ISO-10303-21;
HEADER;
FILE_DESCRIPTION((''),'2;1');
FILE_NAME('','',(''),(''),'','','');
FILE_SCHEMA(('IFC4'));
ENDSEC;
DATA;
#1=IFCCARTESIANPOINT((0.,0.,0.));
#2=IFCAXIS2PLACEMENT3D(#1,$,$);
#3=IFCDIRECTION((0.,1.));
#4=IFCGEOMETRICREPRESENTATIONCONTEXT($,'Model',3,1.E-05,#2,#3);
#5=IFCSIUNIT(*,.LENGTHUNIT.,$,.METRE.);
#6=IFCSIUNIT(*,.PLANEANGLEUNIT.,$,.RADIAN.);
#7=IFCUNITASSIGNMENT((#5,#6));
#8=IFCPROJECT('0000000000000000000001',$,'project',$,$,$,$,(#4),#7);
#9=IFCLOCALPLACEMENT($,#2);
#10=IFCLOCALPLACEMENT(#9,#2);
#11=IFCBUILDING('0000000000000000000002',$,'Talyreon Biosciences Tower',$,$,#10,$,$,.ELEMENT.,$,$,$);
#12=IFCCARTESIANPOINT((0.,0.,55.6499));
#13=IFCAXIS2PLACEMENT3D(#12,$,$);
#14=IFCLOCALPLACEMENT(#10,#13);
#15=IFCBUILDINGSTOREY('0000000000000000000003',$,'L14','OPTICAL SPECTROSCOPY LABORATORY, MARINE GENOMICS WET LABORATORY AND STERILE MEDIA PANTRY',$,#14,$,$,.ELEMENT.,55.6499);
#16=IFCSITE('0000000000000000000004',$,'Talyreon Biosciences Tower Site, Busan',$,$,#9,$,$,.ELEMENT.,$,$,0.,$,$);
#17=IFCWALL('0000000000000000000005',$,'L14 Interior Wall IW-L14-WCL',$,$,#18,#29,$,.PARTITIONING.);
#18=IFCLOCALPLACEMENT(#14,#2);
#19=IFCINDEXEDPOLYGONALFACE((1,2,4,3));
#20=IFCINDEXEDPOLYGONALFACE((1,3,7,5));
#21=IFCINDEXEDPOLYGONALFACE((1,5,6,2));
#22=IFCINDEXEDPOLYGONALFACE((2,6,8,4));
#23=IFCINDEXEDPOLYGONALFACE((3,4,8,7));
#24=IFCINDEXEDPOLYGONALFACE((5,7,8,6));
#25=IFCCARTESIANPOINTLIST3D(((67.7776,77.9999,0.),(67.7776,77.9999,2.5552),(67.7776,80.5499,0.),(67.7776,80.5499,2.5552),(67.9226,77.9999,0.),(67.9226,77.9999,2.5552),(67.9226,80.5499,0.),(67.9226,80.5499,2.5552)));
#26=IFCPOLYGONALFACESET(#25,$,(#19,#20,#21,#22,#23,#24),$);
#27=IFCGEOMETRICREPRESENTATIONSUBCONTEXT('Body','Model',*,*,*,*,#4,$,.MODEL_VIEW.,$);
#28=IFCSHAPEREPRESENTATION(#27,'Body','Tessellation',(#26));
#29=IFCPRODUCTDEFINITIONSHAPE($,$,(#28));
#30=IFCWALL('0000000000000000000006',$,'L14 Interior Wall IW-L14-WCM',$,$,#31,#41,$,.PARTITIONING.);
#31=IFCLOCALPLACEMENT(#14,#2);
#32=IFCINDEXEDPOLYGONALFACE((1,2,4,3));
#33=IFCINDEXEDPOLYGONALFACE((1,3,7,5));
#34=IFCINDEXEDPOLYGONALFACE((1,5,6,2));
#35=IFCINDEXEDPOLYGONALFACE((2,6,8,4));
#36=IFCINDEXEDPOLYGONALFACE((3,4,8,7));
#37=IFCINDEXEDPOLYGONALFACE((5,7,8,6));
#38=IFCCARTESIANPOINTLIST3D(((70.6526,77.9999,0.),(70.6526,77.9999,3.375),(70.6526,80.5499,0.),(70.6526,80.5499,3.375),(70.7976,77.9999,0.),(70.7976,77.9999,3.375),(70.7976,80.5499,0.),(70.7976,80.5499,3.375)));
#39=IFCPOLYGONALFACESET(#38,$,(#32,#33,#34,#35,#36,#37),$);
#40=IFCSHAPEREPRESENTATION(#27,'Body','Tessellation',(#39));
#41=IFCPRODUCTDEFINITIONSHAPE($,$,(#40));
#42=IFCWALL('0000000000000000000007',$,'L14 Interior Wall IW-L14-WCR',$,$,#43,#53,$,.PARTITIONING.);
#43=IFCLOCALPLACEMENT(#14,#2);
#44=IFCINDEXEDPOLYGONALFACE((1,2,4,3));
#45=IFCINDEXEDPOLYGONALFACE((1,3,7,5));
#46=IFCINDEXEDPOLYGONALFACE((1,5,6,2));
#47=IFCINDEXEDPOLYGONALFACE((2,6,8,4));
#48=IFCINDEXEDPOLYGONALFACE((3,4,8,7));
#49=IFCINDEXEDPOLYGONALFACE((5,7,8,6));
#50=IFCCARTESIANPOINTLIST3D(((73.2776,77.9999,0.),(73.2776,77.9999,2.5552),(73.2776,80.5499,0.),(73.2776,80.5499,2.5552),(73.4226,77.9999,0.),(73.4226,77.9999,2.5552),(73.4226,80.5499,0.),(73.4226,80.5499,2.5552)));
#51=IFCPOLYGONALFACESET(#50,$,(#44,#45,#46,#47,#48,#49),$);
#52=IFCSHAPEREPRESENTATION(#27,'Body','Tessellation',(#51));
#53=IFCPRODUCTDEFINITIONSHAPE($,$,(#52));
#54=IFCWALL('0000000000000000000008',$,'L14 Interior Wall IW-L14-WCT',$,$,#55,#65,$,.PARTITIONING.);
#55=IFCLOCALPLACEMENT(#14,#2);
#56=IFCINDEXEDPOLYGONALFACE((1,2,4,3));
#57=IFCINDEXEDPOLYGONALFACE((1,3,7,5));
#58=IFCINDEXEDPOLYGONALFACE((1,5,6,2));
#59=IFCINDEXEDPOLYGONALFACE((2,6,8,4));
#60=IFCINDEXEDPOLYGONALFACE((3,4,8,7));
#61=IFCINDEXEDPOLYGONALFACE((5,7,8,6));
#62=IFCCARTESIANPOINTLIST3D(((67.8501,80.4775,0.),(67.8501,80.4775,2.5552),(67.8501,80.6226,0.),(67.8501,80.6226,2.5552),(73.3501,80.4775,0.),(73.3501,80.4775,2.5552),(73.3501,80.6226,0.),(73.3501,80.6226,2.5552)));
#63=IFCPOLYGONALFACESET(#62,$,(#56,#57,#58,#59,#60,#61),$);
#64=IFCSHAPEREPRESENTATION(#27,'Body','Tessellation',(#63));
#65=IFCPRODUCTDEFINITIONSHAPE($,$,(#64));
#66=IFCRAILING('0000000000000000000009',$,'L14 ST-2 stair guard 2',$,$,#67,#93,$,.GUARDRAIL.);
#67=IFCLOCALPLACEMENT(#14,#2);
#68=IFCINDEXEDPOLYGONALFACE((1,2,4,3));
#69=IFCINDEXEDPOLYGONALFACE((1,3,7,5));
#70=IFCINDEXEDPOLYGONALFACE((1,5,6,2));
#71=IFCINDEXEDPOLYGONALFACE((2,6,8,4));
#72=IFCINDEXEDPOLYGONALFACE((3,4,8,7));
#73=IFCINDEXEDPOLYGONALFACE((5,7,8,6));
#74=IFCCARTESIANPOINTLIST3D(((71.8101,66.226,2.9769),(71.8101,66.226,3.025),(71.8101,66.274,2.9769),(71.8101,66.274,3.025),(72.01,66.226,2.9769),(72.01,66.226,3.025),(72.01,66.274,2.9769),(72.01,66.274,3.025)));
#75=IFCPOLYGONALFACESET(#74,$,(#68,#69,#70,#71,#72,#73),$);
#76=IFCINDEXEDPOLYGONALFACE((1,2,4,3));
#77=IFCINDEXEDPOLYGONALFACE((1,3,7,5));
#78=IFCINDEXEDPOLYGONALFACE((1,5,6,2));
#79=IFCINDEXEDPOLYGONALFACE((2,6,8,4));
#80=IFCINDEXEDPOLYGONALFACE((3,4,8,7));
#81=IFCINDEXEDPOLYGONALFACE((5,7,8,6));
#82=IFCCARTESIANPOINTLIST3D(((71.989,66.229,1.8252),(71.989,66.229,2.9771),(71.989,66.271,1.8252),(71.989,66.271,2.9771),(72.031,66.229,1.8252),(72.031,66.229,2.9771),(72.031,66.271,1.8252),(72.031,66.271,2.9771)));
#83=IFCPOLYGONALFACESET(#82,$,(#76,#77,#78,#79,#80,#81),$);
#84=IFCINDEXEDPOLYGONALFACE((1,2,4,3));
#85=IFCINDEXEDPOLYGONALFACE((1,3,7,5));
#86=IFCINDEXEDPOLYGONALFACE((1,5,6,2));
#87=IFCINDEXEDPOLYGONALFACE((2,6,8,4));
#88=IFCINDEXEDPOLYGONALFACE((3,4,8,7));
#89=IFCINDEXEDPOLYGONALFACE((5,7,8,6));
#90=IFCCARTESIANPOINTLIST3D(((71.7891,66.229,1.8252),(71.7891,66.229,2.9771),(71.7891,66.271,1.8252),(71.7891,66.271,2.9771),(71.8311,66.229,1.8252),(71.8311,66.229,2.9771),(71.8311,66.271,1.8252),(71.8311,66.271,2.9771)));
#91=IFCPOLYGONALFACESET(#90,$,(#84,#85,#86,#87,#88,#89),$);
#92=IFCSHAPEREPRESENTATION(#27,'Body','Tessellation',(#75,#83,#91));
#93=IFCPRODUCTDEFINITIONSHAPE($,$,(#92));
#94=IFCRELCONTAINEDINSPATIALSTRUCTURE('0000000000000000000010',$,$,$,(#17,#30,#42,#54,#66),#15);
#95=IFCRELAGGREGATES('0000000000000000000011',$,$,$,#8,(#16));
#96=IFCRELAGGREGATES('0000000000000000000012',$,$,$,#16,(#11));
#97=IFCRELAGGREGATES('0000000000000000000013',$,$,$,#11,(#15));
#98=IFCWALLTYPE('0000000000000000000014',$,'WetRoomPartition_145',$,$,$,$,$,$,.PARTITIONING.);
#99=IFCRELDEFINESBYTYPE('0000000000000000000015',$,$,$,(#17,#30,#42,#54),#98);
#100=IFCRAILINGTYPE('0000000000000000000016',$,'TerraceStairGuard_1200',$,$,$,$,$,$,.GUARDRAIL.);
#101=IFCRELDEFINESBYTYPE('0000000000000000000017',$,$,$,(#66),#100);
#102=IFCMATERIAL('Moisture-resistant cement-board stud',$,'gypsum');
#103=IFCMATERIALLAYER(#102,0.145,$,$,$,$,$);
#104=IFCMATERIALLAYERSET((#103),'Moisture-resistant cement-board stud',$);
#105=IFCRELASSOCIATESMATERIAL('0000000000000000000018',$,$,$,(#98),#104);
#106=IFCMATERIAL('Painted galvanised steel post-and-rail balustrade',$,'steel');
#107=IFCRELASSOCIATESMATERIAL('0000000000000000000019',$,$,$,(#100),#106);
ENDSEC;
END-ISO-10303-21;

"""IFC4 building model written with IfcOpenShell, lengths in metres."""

from ifc_helpers import new_model, si_unit, direction, frame, frame_2d, origin, origin_2d, place, context, subcontext, project, spatial, rectangle, extrude, material, layer, layer_set, type_object, element, save


model = new_model("IFC4")

# Units and contexts
model_context = context("Model", 3, precision=1e-05, world=origin(), true_north=direction((0.0, 1.0)))
body_context = subcontext(model_context, "Body", "Model", "MODEL_VIEW")
ifc_project = project(units=[si_unit("LENGTHUNIT", "METRE"), si_unit("PLANEANGLEUNIT", "RADIAN")], contexts=[model_context])

# Site, building, storey
site_placement = place(None, origin())
site = spatial("IfcSite", under=ifc_project, at=site_placement, Name="Talyreon Biosciences Tower Site, Busan", CompositionType="ELEMENT", RefElevation=0.0)
building_placement = place(site_placement, origin())
building = spatial("IfcBuilding", under=site, at=building_placement, Name="Talyreon Biosciences Tower", CompositionType="ELEMENT")
storey_placement = place(building_placement, frame((0.0, 0.0, 55.6499)))
storey = spatial("IfcBuildingStorey", under=building, at=storey_placement, Name="L14", Description="OPTICAL SPECTROSCOPY LABORATORY, MARINE GENOMICS WET LABORATORY AND STERILE MEDIA PANTRY", CompositionType="ELEMENT", Elevation=55.6499)

# Walls
ifc_material_1 = material(Name="Moisture-resistant cement-board stud", Category="gypsum")
ifc_layer_1 = layer(ifc_material_1, 0.145)
ifc_layer_set_1 = layer_set([ifc_layer_1], Name="Moisture-resistant cement-board stud")
wall_type_1 = type_object("IfcWallType", Name="WetRoomPartition_145", PredefinedType="PARTITIONING", material=ifc_layer_set_1)
wall_1_placement = place(storey_placement, frame((67.8501, 78.0, 0.0), z_axis=(0.0, 0.0, 1.0), x_axis=(0.0, 1.0, 0.0)))
element("IfcWall", 1, at=wall_1_placement, inside=storey, type_object=wall_type_1, Name="L14 Interior Wall IW-L14-WCL", PredefinedType="PARTITIONING", context=body_context, shape_type="SweptSolid", body=[
    extrude(rectangle(XDim=2.55, YDim=0.145, at=frame_2d((1.2749, 0.0))), origin(), (0.0, 0.0, 1.0), 2.5552),
])
wall_2_placement = place(storey_placement, frame((70.7251, 78.0, 0.0), z_axis=(0.0, 0.0, 1.0), x_axis=(0.0, 1.0, 0.0)))
element("IfcWall", 2, at=wall_2_placement, inside=storey, type_object=wall_type_1, Name="L14 Interior Wall IW-L14-WCM", PredefinedType="PARTITIONING", context=body_context, shape_type="SweptSolid", body=[
    extrude(rectangle(XDim=2.55, YDim=0.145, at=frame_2d((1.2749, 0.0))), origin(), (0.0, 0.0, 1.0), 3.375),
])
wall_3_placement = place(storey_placement, frame((73.3501, 78.0, 0.0), z_axis=(0.0, 0.0, 1.0), x_axis=(0.0, 1.0, 0.0)))
element("IfcWall", 3, at=wall_3_placement, inside=storey, type_object=wall_type_1, Name="L14 Interior Wall IW-L14-WCR", PredefinedType="PARTITIONING", context=body_context, shape_type="SweptSolid", body=[
    extrude(rectangle(XDim=2.55, YDim=0.145, at=frame_2d((1.2749, 0.0))), origin(), (0.0, 0.0, 1.0), 2.5552),
])
wall_4_placement = place(storey_placement, frame((67.8501, 80.55, 0.0), z_axis=(0.0, 0.0, 1.0), x_axis=(1.0, 0.0, 0.0)))
element("IfcWall", 4, at=wall_4_placement, inside=storey, type_object=wall_type_1, Name="L14 Interior Wall IW-L14-WCT", PredefinedType="PARTITIONING", context=body_context, shape_type="SweptSolid", body=[
    extrude(rectangle(XDim=5.5, YDim=0.145, at=frame_2d((2.75, 0.0))), origin(), (0.0, 0.0, 1.0), 2.5552),
])

# Railing
ifc_material_2 = material(Name="Painted galvanised steel post-and-rail balustrade", Category="steel")
railing_type = type_object("IfcRailingType", Name="TerraceStairGuard_1200", PredefinedType="GUARDRAIL", material=ifc_material_2)
railing_placement = place(storey_placement, frame((72.01, 66.25, 1.8252)))
element("IfcRailing", 5, at=railing_placement, inside=storey, type_object=railing_type, Name="L14 ST-2 stair guard 2", PredefinedType="GUARDRAIL", context=body_context, shape_type="SweptSolid", body=[
    extrude(rectangle(XDim=0.0481, YDim=0.0481, at=origin_2d()), frame((0.0, 0.0, 1.1758), z_axis=(-1.0, 0.0, 0.0), x_axis=(0.0, -1.0, 0.0)), (0.0, 0.0, 1.0), 0.2),
    extrude(rectangle(XDim=0.042, YDim=0.042, at=origin_2d()), origin(), (0.0, 0.0, 1.0), 1.1519),
    extrude(rectangle(XDim=0.042, YDim=0.042, at=origin_2d()), frame((-0.2, 0.0, 0.0)), (0.0, 0.0, 1.0), 1.1519),
])

save(model, "model.ifc")
